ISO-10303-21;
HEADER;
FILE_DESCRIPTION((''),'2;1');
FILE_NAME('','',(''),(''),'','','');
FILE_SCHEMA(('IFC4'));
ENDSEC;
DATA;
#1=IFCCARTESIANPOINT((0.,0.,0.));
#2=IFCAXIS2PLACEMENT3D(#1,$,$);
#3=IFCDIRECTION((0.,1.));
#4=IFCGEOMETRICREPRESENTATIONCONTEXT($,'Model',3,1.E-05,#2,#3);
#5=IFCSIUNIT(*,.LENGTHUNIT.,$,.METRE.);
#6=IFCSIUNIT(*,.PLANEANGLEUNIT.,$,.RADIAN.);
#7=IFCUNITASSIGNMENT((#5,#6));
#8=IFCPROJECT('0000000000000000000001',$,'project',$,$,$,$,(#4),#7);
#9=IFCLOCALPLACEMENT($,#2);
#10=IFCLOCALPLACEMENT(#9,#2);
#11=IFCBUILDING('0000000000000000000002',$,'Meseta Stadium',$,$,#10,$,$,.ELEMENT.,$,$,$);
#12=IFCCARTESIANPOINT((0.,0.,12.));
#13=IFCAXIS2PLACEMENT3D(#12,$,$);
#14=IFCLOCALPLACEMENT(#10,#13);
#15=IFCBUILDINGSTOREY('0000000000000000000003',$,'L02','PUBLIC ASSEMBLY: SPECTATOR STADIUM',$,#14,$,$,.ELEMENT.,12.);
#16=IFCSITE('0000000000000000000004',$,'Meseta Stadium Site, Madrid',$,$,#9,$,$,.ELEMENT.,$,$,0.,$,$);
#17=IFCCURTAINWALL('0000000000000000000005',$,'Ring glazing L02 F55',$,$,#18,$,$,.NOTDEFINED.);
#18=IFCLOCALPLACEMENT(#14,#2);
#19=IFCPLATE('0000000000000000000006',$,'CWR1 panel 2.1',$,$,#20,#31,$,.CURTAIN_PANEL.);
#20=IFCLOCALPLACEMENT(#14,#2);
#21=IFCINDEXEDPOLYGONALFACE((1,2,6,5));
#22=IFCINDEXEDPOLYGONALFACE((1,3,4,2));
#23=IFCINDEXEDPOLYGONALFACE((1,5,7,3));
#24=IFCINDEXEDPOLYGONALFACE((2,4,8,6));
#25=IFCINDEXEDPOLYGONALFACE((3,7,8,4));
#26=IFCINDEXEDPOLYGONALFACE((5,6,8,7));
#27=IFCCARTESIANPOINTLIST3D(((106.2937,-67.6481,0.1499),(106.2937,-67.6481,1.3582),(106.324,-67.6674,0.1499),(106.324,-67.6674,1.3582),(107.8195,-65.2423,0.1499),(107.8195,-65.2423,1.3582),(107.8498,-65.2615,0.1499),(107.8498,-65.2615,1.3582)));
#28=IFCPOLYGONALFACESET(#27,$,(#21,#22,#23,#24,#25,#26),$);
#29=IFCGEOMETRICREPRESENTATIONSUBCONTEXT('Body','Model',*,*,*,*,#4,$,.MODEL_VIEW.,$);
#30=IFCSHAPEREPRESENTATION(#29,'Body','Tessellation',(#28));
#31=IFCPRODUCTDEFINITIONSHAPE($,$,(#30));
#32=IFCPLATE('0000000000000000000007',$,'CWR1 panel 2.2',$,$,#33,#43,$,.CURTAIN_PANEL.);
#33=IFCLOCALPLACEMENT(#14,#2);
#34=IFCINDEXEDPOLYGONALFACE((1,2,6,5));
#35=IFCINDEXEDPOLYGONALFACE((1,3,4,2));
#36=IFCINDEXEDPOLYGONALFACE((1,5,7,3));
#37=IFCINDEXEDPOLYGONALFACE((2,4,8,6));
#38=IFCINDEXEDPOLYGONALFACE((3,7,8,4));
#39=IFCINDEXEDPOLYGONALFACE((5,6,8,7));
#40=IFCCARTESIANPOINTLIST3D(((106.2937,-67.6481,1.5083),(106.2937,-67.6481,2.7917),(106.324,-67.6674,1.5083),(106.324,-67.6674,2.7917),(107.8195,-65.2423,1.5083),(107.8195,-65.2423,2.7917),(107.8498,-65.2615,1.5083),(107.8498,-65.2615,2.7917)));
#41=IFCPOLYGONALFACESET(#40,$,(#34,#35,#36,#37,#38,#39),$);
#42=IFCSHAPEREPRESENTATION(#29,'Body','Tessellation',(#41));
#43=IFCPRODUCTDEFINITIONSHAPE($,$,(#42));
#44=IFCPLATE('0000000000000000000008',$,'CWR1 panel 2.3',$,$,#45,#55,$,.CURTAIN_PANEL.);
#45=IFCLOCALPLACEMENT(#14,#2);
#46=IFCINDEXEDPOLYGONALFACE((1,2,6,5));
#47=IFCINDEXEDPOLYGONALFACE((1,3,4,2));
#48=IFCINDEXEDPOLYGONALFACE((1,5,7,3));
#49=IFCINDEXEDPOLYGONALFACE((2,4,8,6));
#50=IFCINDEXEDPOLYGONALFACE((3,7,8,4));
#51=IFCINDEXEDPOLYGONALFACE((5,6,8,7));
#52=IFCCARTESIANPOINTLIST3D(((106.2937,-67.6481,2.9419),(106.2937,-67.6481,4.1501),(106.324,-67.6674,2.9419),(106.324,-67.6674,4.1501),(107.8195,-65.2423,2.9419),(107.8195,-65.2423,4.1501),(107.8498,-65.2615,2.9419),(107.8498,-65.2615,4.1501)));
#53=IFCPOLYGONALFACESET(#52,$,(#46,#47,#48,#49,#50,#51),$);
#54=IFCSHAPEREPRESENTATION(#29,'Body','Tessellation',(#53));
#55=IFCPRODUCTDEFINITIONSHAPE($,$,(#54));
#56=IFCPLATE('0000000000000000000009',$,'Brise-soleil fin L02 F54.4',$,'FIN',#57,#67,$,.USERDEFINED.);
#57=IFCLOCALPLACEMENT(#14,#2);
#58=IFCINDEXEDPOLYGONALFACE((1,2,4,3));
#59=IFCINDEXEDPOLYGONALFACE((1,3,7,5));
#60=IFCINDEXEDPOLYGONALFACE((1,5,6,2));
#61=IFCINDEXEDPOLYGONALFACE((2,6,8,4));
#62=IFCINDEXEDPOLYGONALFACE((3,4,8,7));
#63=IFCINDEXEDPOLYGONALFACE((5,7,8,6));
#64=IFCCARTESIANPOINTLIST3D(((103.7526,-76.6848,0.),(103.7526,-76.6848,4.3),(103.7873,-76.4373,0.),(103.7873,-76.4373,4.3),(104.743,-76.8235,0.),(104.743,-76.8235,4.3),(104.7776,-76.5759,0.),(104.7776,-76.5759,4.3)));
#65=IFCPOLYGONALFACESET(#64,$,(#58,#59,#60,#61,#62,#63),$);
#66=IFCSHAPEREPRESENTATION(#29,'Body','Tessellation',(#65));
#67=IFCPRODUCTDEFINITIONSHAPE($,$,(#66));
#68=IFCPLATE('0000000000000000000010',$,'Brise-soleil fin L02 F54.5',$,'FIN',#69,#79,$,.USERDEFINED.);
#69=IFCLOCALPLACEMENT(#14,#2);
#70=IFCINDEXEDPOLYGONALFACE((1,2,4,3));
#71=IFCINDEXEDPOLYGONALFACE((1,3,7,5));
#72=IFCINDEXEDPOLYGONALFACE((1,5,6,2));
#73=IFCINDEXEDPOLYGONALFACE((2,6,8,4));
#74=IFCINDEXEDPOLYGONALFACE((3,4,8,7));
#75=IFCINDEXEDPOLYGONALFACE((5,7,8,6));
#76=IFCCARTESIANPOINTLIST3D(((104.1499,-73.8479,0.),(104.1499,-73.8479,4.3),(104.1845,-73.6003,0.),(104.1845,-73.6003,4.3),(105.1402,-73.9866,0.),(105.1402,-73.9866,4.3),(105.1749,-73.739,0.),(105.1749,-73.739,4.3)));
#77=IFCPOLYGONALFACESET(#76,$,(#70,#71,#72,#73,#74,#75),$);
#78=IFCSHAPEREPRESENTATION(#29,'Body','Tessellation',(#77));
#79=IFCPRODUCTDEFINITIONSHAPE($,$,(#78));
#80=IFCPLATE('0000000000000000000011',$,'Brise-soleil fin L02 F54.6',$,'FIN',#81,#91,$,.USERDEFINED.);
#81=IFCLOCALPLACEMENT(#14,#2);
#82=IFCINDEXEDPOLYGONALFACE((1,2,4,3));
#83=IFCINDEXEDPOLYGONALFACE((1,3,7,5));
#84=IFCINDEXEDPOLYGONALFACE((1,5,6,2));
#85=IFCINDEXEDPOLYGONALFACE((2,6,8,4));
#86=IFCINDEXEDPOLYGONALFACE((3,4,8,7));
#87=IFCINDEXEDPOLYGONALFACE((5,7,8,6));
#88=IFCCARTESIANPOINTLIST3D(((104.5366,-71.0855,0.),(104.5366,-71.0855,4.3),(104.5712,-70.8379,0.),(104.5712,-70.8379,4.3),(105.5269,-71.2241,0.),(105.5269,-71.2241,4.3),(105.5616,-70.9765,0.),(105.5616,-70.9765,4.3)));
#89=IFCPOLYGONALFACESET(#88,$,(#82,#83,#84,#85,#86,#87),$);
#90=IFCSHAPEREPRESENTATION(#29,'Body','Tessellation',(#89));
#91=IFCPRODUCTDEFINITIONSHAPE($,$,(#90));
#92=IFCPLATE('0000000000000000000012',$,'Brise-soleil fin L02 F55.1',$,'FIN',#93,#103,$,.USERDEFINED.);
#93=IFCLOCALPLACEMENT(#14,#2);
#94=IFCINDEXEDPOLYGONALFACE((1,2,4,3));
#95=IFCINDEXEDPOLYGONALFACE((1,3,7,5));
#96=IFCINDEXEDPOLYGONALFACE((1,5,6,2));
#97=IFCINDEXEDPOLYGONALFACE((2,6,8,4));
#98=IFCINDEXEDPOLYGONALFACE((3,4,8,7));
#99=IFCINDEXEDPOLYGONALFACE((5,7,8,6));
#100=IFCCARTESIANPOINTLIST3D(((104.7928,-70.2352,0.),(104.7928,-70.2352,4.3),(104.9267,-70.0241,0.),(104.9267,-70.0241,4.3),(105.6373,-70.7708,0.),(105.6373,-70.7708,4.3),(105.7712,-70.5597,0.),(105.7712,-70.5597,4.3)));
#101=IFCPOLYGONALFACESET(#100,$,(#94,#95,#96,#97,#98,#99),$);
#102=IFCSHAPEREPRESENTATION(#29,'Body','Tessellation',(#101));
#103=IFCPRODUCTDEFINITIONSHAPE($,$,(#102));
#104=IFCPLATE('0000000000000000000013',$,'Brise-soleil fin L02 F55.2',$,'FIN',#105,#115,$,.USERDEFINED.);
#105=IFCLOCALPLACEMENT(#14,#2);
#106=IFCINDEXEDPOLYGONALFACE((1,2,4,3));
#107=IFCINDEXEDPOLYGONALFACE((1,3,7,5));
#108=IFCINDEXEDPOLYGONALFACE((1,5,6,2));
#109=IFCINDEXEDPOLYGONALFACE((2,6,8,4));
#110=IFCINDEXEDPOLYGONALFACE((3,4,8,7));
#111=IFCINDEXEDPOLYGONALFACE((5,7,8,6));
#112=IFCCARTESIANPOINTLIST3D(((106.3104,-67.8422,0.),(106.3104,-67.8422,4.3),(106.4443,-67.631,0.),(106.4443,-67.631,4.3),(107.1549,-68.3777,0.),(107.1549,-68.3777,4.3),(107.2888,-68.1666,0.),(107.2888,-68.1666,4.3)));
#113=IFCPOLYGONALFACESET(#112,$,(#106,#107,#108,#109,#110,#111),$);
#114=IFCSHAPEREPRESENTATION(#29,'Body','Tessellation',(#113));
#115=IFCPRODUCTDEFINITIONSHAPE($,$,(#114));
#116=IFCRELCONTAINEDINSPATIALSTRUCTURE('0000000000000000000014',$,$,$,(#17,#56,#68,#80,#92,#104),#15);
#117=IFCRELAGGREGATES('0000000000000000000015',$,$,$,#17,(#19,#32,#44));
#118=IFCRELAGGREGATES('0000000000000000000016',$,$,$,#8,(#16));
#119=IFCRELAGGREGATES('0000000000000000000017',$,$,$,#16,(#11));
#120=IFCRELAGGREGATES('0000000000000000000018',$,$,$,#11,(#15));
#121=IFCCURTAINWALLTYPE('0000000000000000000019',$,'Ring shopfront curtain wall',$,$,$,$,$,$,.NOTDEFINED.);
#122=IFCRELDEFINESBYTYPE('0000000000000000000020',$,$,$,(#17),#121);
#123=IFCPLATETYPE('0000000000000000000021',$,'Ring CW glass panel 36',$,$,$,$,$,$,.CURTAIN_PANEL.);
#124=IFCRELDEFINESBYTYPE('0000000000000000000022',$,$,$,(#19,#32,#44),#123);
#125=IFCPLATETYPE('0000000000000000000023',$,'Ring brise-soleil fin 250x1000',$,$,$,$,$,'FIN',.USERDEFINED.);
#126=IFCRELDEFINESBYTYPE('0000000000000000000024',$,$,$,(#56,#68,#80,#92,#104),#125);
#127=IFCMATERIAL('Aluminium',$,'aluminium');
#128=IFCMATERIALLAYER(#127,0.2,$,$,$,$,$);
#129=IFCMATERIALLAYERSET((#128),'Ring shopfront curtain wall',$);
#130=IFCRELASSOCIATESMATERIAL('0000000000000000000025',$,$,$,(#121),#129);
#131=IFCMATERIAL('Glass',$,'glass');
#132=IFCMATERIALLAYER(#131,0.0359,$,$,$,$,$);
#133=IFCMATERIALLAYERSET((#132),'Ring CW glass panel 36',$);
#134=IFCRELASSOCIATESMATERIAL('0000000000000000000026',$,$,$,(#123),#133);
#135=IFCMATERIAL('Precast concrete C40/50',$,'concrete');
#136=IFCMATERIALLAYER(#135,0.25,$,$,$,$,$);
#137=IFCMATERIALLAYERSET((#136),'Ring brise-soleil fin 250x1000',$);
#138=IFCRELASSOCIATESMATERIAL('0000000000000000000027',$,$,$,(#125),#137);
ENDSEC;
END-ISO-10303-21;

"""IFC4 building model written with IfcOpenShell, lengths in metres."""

from ifc_helpers import new_model, si_unit, direction, frame, origin, origin_2d, place, context, subcontext, project, spatial, rectangle, extrude, material, layer, layer_set, type_object, element, aggregate, save


model = new_model("IFC4")

# Units and contexts
model_context = context("Model", 3, precision=1e-05, world=origin(), true_north=direction((0.0, 1.0)))
body_context = subcontext(model_context, "Body", "Model", "MODEL_VIEW")
ifc_project = project(units=[si_unit("LENGTHUNIT", "METRE"), si_unit("PLANEANGLEUNIT", "RADIAN")], contexts=[model_context])

# Site, building, storey
site_placement = place(None, origin())
site = spatial("IfcSite", under=ifc_project, at=site_placement, Name="Meseta Stadium Site, Madrid", CompositionType="ELEMENT", RefElevation=0.0)
building_placement = place(site_placement, origin())
building = spatial("IfcBuilding", under=site, at=building_placement, Name="Meseta Stadium", CompositionType="ELEMENT")
storey_placement = place(building_placement, frame((0.0, 0.0, 12.0)))
storey = spatial("IfcBuildingStorey", under=building, at=storey_placement, Name="L02", Description="PUBLIC ASSEMBLY: SPECTATOR STADIUM", CompositionType="ELEMENT", Elevation=12.0)

# Curtain wall
ifc_material_1 = material(Name="Aluminium", Category="aluminium")
ifc_layer_1 = layer(ifc_material_1, 0.2)
ifc_layer_set_1 = layer_set([ifc_layer_1], Name="Ring shopfront curtain wall")
curtain_wall_type = type_object("IfcCurtainWallType", Name="Ring shopfront curtain wall", PredefinedType="NOTDEFINED", material=ifc_layer_set_1)
curtain_wall_1_placement = place(storey_placement, origin())
curtain_wall_1 = element("IfcCurtainWall", 1, at=curtain_wall_1_placement, inside=storey, type_object=curtain_wall_type, Name="Ring glazing L02 F55", PredefinedType="NOTDEFINED")

# Plates
ifc_material_2 = material(Name="Glass", Category="glass")
ifc_layer_2 = layer(ifc_material_2, 0.0359)
ifc_layer_set_2 = layer_set([ifc_layer_2], Name="Ring CW glass panel 36")
plate_type_1 = type_object("IfcPlateType", Name="Ring CW glass panel 36", PredefinedType="CURTAIN_PANEL", material=ifc_layer_set_2)
plate_1_placement = place(storey_placement, frame((107.0718, -66.4548, 0.1499), z_axis=(0.0, 0.0, 1.0), x_axis=(0.535569, 0.844491, 0.0)))
plate_1 = element("IfcPlate", 2, at=plate_1_placement, type_object=plate_type_1, Name="CWR1 panel 2.1", PredefinedType="CURTAIN_PANEL", context=body_context, shape_type="SweptSolid", body=[
    extrude(rectangle(XDim=2.8489, YDim=0.0359, at=origin_2d()), origin(), (0.0, 0.0, 1.0), 1.2083),
])
plate_2_placement = place(storey_placement, frame((107.0718, -66.4548, 1.5083), z_axis=(0.0, 0.0, 1.0), x_axis=(0.535569, 0.844491, 0.0)))
plate_2 = element("IfcPlate", 3, at=plate_2_placement, type_object=plate_type_1, Name="CWR1 panel 2.2", PredefinedType="CURTAIN_PANEL", context=body_context, shape_type="SweptSolid", body=[
    extrude(rectangle(XDim=2.8489, YDim=0.0359, at=origin_2d()), origin(), (0.0, 0.0, 1.0), 1.2834),
])
plate_3_placement = place(storey_placement, frame((107.0718, -66.4548, 2.9419), z_axis=(0.0, 0.0, 1.0), x_axis=(0.535569, 0.844491, 0.0)))
plate_3 = element("IfcPlate", 4, at=plate_3_placement, type_object=plate_type_1, Name="CWR1 panel 2.3", PredefinedType="CURTAIN_PANEL", context=body_context, shape_type="SweptSolid", body=[
    extrude(rectangle(XDim=2.8489, YDim=0.0359, at=origin_2d()), origin(), (0.0, 0.0, 1.0), 1.2083),
])
aggregate(curtain_wall_1, [plate_1, plate_2, plate_3])

# Plates
ifc_material_3 = material(Name="Precast concrete C40/50", Category="concrete")
ifc_layer_3 = layer(ifc_material_3, 0.25)
ifc_layer_set_3 = layer_set([ifc_layer_3], Name="Ring brise-soleil fin 250x1000")
plate_type_2 = type_object("IfcPlateType", Name="Ring brise-soleil fin 250x1000", ElementType="FIN", PredefinedType="USERDEFINED", material=ifc_layer_set_3)
for number, where, z_axis, x_axis, name in (
    (5, (104.2651, -76.6304, 0.0), (0.0, 0.0, 1.0), (0.138641, 0.990343, 0.0), "Brise-soleil fin L02 F54.4"),
    (6, (104.6624, -73.7935, 0.0), (0.0, 0.0, 1.0), (0.138641, 0.990343, 0.0), "Brise-soleil fin L02 F54.5"),
    (7, (105.0491, -71.031, 0.0), (0.0, 0.0, 1.0), (0.138641, 0.990343, 0.0), "Brise-soleil fin L02 F54.6"),
    (8, (105.282, -70.3975, 0.0), (0.0, 0.0, 1.0), (0.535569, 0.844492, 0.0), "Brise-soleil fin L02 F55.1"),
    (9, (106.7996, -68.0044, 0.0), (0.0, 0.0, 1.0), (0.535569, 0.844492, 0.0), "Brise-soleil fin L02 F55.2"),
):
    element("IfcPlate", number, at=place(storey_placement, frame(where, z_axis=z_axis, x_axis=x_axis)), inside=storey, type_object=plate_type_2, Name=name, ObjectType="FIN", PredefinedType="USERDEFINED", context=body_context, shape_type="SweptSolid", body=[
        extrude(rectangle(XDim=0.25, YDim=1.0, at=origin_2d()), origin(), (0.0, 0.0, 1.0), 4.3),
    ])

save(model, "model.ifc")
